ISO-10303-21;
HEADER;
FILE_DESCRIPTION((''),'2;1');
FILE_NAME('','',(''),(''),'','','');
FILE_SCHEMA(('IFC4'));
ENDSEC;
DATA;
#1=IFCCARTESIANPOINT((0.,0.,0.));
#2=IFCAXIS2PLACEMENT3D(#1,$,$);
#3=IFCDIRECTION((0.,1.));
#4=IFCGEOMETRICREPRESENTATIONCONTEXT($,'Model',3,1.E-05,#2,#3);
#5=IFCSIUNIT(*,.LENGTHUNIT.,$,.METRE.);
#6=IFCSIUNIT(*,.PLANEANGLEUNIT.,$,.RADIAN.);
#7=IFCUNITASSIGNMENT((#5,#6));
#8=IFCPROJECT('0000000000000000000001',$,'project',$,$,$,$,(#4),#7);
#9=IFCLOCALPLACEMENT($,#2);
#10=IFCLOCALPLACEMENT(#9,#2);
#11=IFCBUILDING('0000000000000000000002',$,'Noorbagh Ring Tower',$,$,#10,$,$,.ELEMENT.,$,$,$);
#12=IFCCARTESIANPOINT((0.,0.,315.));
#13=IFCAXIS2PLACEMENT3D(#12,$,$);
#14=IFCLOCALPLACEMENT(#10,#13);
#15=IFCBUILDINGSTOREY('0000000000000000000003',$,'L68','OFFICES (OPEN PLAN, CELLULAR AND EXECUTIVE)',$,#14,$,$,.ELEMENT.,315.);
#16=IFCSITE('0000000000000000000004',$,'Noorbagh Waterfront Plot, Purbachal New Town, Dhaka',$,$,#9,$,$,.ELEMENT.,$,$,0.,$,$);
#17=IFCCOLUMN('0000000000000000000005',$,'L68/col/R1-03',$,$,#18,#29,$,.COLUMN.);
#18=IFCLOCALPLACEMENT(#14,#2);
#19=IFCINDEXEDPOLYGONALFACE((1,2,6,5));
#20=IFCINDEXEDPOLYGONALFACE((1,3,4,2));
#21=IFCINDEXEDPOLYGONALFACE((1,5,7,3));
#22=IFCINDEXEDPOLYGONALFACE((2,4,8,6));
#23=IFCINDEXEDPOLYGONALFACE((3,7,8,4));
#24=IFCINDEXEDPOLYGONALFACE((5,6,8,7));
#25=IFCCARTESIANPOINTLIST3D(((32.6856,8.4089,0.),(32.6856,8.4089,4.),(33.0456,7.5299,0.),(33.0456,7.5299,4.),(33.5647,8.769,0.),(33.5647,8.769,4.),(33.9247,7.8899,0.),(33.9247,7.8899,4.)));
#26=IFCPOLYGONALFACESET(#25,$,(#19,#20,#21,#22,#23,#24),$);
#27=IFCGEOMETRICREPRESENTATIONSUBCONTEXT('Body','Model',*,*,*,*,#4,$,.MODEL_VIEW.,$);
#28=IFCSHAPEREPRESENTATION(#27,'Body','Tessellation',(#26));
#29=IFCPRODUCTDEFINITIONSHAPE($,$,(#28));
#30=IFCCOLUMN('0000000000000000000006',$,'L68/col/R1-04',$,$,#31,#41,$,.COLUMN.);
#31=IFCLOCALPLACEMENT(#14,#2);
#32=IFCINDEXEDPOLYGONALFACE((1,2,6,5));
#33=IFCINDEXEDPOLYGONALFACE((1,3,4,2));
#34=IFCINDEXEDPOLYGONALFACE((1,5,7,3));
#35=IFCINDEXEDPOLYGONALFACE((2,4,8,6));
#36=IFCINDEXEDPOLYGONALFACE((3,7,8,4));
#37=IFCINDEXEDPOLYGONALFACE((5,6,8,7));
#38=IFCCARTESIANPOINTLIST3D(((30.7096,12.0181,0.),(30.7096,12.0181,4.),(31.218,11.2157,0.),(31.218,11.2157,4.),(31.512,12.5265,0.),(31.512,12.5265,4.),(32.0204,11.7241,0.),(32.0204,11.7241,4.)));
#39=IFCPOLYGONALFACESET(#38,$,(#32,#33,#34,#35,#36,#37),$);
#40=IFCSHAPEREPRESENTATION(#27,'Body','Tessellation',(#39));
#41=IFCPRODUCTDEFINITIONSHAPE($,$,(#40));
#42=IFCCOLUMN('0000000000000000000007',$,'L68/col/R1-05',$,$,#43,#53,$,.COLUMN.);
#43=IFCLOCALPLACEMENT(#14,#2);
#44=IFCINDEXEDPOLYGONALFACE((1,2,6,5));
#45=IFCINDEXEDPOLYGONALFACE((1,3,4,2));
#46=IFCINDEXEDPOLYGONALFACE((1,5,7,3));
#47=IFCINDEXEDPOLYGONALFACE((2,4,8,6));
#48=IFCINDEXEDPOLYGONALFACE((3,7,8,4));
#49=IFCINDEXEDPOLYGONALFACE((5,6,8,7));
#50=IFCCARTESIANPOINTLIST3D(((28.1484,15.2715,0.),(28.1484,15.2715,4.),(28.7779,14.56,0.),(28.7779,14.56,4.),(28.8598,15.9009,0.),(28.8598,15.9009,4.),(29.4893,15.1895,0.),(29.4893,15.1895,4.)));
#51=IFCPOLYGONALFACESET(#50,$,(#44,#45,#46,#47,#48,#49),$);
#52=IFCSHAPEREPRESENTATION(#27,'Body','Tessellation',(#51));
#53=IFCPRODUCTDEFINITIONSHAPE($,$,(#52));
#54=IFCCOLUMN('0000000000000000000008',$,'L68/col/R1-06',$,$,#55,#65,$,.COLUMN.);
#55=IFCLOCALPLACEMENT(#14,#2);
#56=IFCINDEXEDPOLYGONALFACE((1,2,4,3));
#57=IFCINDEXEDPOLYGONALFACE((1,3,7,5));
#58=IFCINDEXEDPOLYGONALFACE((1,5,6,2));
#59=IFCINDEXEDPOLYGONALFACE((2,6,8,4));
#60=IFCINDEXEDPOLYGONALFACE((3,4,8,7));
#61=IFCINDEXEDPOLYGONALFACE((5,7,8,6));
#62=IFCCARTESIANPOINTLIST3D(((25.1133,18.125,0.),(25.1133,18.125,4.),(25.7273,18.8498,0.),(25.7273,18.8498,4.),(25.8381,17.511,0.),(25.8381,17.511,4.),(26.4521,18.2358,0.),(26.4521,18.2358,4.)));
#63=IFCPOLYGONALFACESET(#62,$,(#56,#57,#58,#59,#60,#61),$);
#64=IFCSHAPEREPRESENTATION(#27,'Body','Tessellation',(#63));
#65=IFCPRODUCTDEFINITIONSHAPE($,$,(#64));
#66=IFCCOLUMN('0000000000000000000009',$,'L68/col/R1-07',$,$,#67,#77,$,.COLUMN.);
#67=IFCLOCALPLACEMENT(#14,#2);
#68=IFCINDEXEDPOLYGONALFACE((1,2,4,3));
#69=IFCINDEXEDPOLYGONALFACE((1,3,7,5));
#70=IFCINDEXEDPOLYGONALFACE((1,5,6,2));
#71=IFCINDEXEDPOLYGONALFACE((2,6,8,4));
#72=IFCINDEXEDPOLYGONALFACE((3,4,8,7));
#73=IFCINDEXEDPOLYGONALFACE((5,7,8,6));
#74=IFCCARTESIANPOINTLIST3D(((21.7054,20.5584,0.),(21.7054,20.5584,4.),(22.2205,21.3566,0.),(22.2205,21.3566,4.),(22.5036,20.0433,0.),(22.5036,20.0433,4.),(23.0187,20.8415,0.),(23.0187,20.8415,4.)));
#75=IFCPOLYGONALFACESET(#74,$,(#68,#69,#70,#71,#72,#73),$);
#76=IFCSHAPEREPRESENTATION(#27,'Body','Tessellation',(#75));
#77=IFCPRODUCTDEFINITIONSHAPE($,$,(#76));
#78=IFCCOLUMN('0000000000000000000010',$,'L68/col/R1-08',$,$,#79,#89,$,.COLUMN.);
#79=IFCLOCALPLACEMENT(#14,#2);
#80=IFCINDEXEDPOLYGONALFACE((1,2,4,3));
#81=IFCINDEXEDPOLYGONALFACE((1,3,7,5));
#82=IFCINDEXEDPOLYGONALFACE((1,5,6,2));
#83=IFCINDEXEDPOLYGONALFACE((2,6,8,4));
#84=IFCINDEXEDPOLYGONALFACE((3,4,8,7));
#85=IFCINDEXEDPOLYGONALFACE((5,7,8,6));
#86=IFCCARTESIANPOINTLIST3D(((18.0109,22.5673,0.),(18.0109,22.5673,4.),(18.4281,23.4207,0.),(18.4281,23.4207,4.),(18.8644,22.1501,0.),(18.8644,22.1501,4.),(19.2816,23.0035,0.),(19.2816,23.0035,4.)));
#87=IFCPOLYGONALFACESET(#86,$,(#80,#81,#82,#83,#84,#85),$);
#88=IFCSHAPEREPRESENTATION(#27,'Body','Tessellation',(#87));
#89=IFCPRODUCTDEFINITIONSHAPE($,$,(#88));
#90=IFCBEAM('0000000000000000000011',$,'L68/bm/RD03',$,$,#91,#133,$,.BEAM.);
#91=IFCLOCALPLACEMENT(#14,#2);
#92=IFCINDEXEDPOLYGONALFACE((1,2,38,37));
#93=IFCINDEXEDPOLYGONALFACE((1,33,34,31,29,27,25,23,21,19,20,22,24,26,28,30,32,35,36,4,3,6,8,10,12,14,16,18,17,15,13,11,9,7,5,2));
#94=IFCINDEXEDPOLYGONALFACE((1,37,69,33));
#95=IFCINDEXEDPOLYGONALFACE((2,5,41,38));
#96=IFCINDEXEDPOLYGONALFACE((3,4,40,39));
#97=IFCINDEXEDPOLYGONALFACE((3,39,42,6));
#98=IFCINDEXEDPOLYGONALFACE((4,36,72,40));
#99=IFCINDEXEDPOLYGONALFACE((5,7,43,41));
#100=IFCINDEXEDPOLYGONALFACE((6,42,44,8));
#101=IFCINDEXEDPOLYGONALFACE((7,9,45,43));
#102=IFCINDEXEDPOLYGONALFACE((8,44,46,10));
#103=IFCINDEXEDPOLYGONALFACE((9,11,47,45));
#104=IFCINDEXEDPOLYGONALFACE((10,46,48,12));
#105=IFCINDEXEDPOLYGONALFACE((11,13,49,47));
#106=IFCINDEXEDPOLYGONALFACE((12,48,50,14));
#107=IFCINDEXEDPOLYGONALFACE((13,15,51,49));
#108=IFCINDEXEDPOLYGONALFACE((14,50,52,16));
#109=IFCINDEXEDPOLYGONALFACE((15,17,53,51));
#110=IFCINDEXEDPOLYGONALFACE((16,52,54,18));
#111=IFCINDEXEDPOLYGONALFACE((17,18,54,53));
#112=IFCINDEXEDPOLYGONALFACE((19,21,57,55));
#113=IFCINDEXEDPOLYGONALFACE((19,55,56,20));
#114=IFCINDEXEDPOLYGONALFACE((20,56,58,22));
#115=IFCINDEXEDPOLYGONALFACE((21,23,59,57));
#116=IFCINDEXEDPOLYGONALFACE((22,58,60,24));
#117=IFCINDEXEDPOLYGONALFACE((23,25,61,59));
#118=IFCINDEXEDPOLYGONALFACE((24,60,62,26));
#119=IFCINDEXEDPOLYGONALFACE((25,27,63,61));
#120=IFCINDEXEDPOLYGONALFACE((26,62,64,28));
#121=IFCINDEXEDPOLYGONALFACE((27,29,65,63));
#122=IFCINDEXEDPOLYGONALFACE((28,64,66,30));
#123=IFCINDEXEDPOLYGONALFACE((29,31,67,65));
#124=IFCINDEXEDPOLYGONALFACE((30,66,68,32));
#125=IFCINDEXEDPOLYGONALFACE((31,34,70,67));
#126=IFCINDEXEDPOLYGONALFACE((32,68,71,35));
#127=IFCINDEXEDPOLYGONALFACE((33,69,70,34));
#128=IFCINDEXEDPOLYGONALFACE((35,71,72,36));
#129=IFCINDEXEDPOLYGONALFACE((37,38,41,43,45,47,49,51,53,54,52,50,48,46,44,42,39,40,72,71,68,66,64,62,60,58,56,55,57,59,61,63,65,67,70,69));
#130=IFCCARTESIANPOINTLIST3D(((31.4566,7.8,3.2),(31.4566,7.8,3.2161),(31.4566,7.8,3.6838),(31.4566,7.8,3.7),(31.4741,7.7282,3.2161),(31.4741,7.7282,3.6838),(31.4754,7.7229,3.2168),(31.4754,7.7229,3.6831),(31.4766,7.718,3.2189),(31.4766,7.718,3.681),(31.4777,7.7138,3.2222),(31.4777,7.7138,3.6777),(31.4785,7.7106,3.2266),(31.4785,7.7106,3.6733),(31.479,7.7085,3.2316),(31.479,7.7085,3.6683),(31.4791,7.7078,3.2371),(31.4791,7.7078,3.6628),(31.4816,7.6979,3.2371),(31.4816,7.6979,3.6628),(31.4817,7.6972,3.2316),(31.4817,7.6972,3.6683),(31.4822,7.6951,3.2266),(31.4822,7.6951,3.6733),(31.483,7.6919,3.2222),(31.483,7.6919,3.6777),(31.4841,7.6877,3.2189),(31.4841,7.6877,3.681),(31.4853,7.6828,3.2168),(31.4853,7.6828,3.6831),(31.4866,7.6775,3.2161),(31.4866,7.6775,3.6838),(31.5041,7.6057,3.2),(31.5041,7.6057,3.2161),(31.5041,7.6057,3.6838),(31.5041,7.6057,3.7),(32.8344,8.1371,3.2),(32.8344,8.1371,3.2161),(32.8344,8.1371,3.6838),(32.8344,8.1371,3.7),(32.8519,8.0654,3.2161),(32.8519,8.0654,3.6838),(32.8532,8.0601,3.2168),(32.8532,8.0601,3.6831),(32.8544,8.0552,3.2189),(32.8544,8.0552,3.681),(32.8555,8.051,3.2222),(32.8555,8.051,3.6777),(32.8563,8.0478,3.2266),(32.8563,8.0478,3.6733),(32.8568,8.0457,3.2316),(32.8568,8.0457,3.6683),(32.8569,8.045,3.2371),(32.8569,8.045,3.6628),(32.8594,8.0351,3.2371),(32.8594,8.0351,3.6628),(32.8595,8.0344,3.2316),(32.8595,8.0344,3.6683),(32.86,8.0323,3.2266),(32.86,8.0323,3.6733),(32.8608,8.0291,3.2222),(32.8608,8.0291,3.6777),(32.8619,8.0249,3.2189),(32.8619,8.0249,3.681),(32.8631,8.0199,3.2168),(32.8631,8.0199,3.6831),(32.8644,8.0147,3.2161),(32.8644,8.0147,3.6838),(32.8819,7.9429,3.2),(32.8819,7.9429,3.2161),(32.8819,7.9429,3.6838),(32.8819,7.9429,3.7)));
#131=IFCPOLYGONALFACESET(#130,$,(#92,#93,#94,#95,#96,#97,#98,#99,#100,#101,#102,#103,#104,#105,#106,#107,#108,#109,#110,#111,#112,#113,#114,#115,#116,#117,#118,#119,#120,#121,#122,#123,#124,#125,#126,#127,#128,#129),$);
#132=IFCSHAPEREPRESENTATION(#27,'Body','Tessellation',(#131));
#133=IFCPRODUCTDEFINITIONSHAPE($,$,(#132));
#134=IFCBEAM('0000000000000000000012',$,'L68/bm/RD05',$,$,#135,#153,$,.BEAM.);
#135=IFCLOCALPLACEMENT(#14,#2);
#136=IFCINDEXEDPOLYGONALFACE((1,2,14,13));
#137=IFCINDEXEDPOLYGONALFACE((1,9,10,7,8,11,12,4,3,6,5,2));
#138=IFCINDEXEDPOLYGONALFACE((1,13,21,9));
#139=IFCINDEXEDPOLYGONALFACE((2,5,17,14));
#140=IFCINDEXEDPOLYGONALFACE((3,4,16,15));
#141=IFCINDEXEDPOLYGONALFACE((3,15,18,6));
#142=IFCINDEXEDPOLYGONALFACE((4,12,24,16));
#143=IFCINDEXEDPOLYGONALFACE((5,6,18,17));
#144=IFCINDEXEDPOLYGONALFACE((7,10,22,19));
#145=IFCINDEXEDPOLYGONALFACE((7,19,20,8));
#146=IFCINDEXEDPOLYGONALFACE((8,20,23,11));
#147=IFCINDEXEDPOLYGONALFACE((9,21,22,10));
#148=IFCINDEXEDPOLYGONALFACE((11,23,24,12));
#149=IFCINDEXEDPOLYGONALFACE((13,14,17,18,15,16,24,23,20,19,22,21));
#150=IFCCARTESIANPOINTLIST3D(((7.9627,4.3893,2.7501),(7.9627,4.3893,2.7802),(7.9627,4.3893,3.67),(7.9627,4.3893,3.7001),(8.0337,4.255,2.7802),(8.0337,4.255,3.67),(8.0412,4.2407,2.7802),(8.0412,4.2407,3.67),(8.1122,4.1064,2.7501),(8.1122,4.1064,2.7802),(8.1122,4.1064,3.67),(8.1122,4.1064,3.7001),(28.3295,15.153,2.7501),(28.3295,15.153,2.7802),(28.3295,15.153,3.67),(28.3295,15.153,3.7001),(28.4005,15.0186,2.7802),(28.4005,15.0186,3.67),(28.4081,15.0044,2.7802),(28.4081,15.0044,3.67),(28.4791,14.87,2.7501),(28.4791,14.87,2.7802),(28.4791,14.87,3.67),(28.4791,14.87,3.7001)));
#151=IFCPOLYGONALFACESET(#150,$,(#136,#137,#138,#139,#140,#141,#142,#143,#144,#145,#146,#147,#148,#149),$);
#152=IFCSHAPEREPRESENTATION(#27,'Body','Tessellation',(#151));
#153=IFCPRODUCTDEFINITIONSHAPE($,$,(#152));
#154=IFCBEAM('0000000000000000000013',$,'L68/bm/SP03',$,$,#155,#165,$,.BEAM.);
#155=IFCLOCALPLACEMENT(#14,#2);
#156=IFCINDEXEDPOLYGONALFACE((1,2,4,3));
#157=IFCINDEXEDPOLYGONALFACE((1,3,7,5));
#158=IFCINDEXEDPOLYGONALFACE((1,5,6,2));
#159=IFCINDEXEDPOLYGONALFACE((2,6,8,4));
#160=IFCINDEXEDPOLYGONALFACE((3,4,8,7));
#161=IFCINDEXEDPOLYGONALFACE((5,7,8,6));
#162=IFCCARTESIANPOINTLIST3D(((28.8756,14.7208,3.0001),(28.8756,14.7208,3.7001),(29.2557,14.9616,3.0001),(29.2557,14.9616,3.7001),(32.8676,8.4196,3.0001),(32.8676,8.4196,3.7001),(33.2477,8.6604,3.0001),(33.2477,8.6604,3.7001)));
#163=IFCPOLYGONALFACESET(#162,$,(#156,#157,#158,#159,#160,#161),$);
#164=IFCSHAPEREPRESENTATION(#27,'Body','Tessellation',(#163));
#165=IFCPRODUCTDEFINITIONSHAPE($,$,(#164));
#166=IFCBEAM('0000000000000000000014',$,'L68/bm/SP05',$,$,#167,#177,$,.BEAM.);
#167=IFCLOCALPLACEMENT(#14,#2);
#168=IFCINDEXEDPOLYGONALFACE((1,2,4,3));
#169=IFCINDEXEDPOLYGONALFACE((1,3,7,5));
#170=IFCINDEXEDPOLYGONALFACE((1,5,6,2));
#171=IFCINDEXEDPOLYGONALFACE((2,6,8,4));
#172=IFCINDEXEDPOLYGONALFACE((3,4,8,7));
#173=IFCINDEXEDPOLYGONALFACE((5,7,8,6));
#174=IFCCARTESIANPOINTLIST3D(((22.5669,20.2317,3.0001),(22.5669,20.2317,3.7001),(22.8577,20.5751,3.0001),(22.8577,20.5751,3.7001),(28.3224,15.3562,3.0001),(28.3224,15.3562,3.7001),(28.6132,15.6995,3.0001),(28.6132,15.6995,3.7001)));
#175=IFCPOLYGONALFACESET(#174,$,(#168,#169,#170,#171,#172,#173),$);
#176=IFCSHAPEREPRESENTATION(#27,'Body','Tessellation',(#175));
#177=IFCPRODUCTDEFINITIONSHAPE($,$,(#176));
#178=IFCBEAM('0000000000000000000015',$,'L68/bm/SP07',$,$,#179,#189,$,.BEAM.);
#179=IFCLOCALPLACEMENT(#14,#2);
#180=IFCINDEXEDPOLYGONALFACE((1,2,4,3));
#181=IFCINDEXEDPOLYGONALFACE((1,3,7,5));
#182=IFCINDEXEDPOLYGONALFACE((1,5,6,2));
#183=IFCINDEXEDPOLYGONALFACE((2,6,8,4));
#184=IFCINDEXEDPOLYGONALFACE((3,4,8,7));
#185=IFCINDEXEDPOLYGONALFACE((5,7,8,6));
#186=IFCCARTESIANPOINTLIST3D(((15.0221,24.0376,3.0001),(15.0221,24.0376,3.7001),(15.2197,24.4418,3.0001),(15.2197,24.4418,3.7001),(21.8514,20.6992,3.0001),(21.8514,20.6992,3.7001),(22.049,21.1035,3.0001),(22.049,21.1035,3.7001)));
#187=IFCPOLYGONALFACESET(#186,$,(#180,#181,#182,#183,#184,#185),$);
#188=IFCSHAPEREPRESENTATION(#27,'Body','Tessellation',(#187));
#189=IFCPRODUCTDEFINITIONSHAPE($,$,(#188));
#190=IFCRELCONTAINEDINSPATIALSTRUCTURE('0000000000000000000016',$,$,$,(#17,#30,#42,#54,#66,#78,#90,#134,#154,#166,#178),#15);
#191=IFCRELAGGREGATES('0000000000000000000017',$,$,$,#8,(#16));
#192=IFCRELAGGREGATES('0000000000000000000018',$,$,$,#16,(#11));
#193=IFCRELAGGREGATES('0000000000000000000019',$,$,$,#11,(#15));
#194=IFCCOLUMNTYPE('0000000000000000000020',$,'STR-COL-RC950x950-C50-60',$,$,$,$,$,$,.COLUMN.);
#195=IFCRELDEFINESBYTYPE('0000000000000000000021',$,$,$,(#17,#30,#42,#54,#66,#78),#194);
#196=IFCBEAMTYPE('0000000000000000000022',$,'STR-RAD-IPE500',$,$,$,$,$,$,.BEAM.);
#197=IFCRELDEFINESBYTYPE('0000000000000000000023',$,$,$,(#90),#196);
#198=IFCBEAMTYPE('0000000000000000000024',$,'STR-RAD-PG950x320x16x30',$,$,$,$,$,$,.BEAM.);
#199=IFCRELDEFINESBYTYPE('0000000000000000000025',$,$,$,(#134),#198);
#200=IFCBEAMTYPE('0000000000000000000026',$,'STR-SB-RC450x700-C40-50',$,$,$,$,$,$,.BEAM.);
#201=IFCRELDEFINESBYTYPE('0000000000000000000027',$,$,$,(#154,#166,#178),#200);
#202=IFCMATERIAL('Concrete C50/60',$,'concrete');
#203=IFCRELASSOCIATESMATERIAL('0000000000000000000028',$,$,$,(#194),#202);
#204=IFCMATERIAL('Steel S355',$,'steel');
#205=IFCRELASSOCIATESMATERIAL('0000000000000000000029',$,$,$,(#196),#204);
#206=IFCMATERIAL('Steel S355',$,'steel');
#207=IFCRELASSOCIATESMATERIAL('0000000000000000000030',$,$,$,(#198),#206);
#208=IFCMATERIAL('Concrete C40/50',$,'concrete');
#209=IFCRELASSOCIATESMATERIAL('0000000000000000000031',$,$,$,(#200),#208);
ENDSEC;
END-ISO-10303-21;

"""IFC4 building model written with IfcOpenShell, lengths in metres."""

from ifc_helpers import new_model, si_unit, direction, frame, origin, origin_2d, place, context, subcontext, project, spatial, rectangle, i_section, extrude, material, material_profile, profile_set, type_object, element, save


model = new_model("IFC4")

# Units and contexts
model_context = context("Model", 3, precision=1e-05, world=origin(), true_north=direction((0.0, 1.0)))
body_context = subcontext(model_context, "Body", "Model", "MODEL_VIEW")
ifc_project = project(units=[si_unit("LENGTHUNIT", "METRE"), si_unit("PLANEANGLEUNIT", "RADIAN")], contexts=[model_context])

# Site, building, storey
site_placement = place(None, origin())
site = spatial("IfcSite", under=ifc_project, at=site_placement, Name="Noorbagh Waterfront Plot, Purbachal New Town, Dhaka", CompositionType="ELEMENT", RefElevation=0.0)
building_placement = place(site_placement, origin())
building = spatial("IfcBuilding", under=site, at=building_placement, Name="Noorbagh Ring Tower", CompositionType="ELEMENT")
storey_placement = place(building_placement, frame((0.0, 0.0, 315.0)))
storey = spatial("IfcBuildingStorey", under=building, at=storey_placement, Name="L68", Description="OFFICES (OPEN PLAN, CELLULAR AND EXECUTIVE)", CompositionType="ELEMENT", Elevation=315.0)

# Columns
ifc_material_1 = material(Name="Concrete C50/60", Category="concrete")
ifc_material_profile_1 = material_profile(ifc_material_1, rectangle(XDim=0.95, YDim=0.95, at=origin_2d()), Name="RC950x950")
ifc_profile_set_1 = profile_set([ifc_material_profile_1], Name="Concrete C50/60")
column_type = type_object("IfcColumnType", Name="STR-COL-RC950x950-C50-60", PredefinedType="COLUMN", material=ifc_profile_set_1)
for number, where, z_axis, x_axis, name in (
    (1, (33.3052, 8.1494, 0.0), (0.0, 0.0, 1.0), (-0.378989, 0.925401, 0.0), "L68/col/R1-03"),
    (2, (31.365, 11.8711, 0.0), (0.0, 0.0, 1.0), (-0.53519, 0.844731, 0.0), "L68/col/R1-04"),
    (3, (28.8188, 15.2305, 0.0), (0.0, 0.0, 1.0), (-0.662636, 0.748942, 0.0), "L68/col/R1-05"),
    (4, (25.7827, 18.1804, 0.0), (0.0, 0.0, 1.0), (-0.763035, 0.646357, 0.0), "L68/col/R1-06"),
    (5, (22.3621, 20.7, 0.0), (0.0, 0.0, 1.0), (-0.840248, 0.542203, 0.0), "L68/col/R1-07"),
    (6, (18.6462, 22.7854, 0.0), (0.0, 0.0, 1.0), (-0.898399, 0.43918, 0.0), "L68/col/R1-08"),
):
    element("IfcColumn", number, at=place(storey_placement, frame(where, z_axis=z_axis, x_axis=x_axis)), inside=storey, type_object=column_type, Name=name, PredefinedType="COLUMN", context=body_context, shape_type="SweptSolid", body=[
        extrude(rectangle(XDim=0.95, YDim=0.95, at=origin_2d()), origin(), (0.0, 0.0, 1.0), 4.0),
    ])

# Beams
ifc_material_2 = material(Name="Steel S355", Category="steel")
ifc_material_profile_2 = material_profile(ifc_material_2, i_section(OverallWidth=0.2, OverallDepth=0.5, WebThickness=0.0103, FlangeThickness=0.0161, FilletRadius=0.021, at=origin_2d()), Name="IPE500")
ifc_profile_set_2 = profile_set([ifc_material_profile_2], Name="Steel S355")
beam_type_1 = type_object("IfcBeamType", Name="STR-RAD-IPE500", PredefinedType="BEAM", material=ifc_profile_set_2)
beam_1_placement = place(storey_placement, frame((32.8582, 8.04, 3.45), z_axis=(-0.971335, -0.237713, 0.0), x_axis=(0.237713, -0.971335, 0.0)))
element("IfcBeam", 7, at=beam_1_placement, inside=storey, type_object=beam_type_1, Name="L68/bm/RD03", PredefinedType="BEAM", context=body_context, shape_type="SweptSolid", body=[
    extrude(i_section(OverallWidth=0.2, OverallDepth=0.5, WebThickness=0.0103, FlangeThickness=0.0161, FilletRadius=0.021, at=origin_2d()), origin(), (0.0, 0.0, 1.0), 1.4185),
])
ifc_material_3 = material(Name="Steel S355", Category="steel")
ifc_material_profile_3 = material_profile(ifc_material_3, i_section(OverallWidth=0.3201, OverallDepth=0.95, WebThickness=0.0161, FlangeThickness=0.03, at=origin_2d()), Name="PG950x320x16x30")
ifc_profile_set_3 = profile_set([ifc_material_profile_3], Name="Steel S355")
beam_type_2 = type_object("IfcBeamType", Name="STR-RAD-PG950x320x16x30", PredefinedType="BEAM", material=ifc_profile_set_3)
beam_2_placement = place(storey_placement, frame((28.4043, 15.0115, 3.2251), z_axis=(-0.884126, -0.467249, 0.0), x_axis=(0.467249, -0.884126, 0.0)))
element("IfcBeam", 8, at=beam_2_placement, inside=storey, type_object=beam_type_2, Name="L68/bm/RD05", PredefinedType="BEAM", context=body_context, shape_type="SweptSolid", body=[
    extrude(i_section(OverallWidth=0.3201, OverallDepth=0.95, WebThickness=0.0161, FlangeThickness=0.03, at=origin_2d()), origin(), (0.0, 0.0, 1.0), 23.0361),
])
ifc_material_4 = material(Name="Concrete C40/50", Category="concrete")
ifc_material_profile_4 = material_profile(ifc_material_4, rectangle(XDim=0.45, YDim=0.7, at=origin_2d()), Name="RC450x700")
ifc_profile_set_4 = profile_set([ifc_material_profile_4], Name="Concrete C40/50")
beam_type_3 = type_object("IfcBeamType", Name="STR-SB-RC450x700-C40-50", PredefinedType="BEAM", material=ifc_profile_set_4)
beam_3_placement = place(storey_placement, frame((33.0576, 8.54, 3.3501), z_axis=(-0.535176, 0.844741, 0.0), x_axis=(-0.844741, -0.535176, 0.0)))
element("IfcBeam", 9, at=beam_3_placement, inside=storey, type_object=beam_type_3, Name="L68/bm/SP03", PredefinedType="BEAM", context=body_context, shape_type="SweptSolid", body=[
    extrude(rectangle(XDim=0.45, YDim=0.7, at=origin_2d()), origin(), (0.0, 0.0, 1.0), 7.4592),
])
beam_4_placement = place(storey_placement, frame((28.4678, 15.5278, 3.3501), z_axis=(-0.763023, 0.646372, 0.0), x_axis=(-0.646372, -0.763023, 0.0)))
element("IfcBeam", 10, at=beam_4_placement, inside=storey, type_object=beam_type_3, Name="L68/bm/SP05", PredefinedType="BEAM", context=body_context, shape_type="SweptSolid", body=[
    extrude(rectangle(XDim=0.45, YDim=0.7, at=origin_2d()), origin(), (0.0, 0.0, 1.0), 7.543),
])
beam_5_placement = place(storey_placement, frame((21.9502, 20.9014, 3.3501), z_axis=(-0.898406, 0.439166, 0.0), x_axis=(-0.439166, -0.898406, 0.0)))
element("IfcBeam", 11, at=beam_5_placement, inside=storey, type_object=beam_type_3, Name="L68/bm/SP07", PredefinedType="BEAM", context=body_context, shape_type="SweptSolid", body=[
    extrude(rectangle(XDim=0.45, YDim=0.7, at=origin_2d()), origin(), (0.0, 0.0, 1.0), 7.6016),
])

save(model, "model.ifc")
